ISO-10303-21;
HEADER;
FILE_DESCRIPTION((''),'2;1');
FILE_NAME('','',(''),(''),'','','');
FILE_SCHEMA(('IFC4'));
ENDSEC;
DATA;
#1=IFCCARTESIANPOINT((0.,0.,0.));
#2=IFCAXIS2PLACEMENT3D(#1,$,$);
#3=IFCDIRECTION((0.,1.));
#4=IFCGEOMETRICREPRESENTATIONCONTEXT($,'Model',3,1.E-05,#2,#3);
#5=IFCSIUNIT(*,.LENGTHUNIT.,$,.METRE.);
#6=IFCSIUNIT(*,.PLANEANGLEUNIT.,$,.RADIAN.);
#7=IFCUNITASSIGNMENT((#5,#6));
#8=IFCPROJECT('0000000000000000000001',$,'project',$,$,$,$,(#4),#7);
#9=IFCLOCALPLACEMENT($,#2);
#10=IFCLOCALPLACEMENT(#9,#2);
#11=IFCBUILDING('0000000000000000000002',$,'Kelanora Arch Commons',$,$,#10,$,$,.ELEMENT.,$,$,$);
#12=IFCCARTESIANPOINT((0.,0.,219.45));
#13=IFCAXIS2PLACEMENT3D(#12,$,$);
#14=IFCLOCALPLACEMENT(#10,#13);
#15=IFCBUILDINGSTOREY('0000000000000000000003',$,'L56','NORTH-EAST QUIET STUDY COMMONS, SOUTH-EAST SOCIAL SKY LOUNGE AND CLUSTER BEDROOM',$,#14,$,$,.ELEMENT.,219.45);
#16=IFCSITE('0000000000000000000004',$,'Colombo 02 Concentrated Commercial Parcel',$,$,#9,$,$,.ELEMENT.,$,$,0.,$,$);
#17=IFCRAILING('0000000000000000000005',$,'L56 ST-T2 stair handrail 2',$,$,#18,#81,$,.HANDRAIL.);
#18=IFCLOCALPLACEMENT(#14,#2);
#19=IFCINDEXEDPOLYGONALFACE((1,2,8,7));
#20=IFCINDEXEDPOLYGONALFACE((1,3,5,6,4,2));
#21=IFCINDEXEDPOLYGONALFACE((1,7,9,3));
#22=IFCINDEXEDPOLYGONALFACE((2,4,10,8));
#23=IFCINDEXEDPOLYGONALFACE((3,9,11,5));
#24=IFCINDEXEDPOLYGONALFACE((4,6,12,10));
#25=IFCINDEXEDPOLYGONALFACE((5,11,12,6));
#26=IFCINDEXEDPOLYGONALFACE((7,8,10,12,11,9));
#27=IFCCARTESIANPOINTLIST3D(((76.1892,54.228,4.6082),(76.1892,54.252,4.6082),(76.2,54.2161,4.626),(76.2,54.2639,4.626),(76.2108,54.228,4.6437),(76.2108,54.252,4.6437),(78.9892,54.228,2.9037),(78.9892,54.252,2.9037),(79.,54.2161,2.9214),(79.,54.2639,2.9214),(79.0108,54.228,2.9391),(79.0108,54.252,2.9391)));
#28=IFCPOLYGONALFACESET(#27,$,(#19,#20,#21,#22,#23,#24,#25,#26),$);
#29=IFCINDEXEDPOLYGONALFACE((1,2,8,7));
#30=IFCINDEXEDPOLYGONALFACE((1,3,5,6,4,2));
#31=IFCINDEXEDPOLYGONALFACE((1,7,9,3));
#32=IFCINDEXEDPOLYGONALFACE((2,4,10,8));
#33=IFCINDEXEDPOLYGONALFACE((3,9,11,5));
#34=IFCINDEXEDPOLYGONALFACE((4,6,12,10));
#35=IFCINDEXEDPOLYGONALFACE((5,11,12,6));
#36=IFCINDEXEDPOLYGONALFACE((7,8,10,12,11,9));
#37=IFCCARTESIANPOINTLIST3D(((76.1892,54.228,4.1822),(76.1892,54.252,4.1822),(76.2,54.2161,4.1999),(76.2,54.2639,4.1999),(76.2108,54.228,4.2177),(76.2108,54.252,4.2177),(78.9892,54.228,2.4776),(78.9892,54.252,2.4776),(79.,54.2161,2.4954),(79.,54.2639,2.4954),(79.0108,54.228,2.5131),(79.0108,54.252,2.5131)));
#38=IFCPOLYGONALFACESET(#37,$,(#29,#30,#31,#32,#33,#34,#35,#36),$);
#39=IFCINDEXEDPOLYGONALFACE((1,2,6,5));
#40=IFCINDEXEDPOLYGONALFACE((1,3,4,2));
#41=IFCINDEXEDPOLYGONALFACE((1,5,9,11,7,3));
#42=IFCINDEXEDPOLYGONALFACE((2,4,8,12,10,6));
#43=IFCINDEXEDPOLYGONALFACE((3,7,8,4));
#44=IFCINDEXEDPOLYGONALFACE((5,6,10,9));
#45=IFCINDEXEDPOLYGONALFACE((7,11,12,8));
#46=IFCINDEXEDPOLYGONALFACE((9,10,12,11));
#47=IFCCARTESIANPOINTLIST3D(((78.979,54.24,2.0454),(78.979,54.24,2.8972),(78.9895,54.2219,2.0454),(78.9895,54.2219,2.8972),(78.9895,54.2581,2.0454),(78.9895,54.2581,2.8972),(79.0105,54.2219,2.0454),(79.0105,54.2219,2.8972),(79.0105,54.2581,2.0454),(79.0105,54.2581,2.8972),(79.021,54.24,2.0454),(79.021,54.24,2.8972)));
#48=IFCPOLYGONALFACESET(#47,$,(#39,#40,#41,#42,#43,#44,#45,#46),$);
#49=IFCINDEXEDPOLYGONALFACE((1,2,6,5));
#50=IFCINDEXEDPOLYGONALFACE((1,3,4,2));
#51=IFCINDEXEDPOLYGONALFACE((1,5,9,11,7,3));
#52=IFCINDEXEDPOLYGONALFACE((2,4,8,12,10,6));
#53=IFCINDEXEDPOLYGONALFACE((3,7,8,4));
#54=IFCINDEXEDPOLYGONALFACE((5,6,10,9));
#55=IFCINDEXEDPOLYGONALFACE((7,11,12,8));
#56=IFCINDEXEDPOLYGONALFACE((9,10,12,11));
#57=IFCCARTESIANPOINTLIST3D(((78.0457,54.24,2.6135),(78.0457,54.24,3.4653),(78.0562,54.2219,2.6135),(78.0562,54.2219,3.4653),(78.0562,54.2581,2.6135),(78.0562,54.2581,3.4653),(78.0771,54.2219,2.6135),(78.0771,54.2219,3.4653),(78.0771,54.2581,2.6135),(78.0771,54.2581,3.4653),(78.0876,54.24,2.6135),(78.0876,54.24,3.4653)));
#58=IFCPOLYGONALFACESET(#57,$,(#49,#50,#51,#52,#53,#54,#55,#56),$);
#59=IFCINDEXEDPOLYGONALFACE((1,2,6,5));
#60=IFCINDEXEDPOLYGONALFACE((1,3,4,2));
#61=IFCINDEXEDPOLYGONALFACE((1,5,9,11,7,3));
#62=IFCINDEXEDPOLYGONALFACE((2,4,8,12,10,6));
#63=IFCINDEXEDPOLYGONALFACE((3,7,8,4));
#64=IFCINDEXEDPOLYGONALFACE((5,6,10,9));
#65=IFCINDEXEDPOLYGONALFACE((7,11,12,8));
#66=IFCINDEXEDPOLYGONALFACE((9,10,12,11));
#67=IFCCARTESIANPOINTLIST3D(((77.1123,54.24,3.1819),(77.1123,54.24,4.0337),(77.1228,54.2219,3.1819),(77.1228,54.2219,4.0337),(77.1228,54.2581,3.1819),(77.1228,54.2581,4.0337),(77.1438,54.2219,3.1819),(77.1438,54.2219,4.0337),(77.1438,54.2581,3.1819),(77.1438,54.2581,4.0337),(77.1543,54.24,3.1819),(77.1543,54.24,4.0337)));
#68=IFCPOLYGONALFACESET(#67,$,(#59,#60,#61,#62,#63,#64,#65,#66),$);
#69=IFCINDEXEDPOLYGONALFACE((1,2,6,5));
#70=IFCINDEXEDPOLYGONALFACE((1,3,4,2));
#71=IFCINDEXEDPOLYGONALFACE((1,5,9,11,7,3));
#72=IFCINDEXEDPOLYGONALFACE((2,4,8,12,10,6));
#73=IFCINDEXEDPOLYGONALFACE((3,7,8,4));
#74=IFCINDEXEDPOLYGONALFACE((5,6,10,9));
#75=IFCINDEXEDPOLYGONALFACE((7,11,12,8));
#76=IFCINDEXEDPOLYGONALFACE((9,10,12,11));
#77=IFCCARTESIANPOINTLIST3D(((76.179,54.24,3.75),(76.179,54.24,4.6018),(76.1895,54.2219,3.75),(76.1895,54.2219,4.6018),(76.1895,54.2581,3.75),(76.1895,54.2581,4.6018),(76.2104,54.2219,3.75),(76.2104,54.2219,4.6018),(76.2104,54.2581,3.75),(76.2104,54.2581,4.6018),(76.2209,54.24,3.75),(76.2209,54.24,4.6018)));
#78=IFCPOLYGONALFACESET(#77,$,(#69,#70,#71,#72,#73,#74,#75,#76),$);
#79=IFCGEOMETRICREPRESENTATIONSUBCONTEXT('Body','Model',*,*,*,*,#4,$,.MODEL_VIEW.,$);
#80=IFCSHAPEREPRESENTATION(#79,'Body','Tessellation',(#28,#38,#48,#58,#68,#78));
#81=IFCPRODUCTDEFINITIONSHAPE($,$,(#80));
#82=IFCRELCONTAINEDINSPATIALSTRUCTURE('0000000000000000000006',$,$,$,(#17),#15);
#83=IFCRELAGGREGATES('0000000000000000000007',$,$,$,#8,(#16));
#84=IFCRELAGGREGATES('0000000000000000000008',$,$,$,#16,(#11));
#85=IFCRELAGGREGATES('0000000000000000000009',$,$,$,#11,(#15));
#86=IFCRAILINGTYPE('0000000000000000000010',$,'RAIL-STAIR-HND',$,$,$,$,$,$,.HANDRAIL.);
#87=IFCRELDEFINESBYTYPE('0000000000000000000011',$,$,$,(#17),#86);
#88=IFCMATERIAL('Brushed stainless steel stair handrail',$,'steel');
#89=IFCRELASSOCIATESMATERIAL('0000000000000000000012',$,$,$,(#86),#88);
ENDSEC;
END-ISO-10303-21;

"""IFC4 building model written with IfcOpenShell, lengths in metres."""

from ifc_helpers import new_model, si_unit, direction, frame, origin, place, context, subcontext, project, spatial, polyline, outline, extrude, material, type_object, element, save


model = new_model("IFC4")

# Units and contexts
model_context = context("Model", 3, precision=1e-05, world=origin(), true_north=direction((0.0, 1.0)))
body_context = subcontext(model_context, "Body", "Model", "MODEL_VIEW")
ifc_project = project(units=[si_unit("LENGTHUNIT", "METRE"), si_unit("PLANEANGLEUNIT", "RADIAN")], contexts=[model_context])

# Site, building, storey
site_placement = place(None, origin())
site = spatial("IfcSite", under=ifc_project, at=site_placement, Name="Colombo 02 Concentrated Commercial Parcel", CompositionType="ELEMENT", RefElevation=0.0)
building_placement = place(site_placement, origin())
building = spatial("IfcBuilding", under=site, at=building_placement, Name="Kelanora Arch Commons", CompositionType="ELEMENT")
storey_placement = place(building_placement, frame((0.0, 0.0, 219.45)))
storey = spatial("IfcBuildingStorey", under=building, at=storey_placement, Name="L56", Description="NORTH-EAST QUIET STUDY COMMONS, SOUTH-EAST SOCIAL SKY LOUNGE AND CLUSTER BEDROOM", CompositionType="ELEMENT", Elevation=219.45)

# Railing
ifc_material_1 = material(Name="Brushed stainless steel stair handrail", Category="steel")
railing_type_1 = type_object("IfcRailingType", Name="RAIL-STAIR-HND", PredefinedType="HANDRAIL", material=ifc_material_1)
railing_1_placement = place(storey_placement, frame((79.0, 54.24, 2.0454)))
element("IfcRailing", 1, at=railing_1_placement, inside=storey, type_object=railing_type_1, Name="L56 ST-T2 stair handrail 2", PredefinedType="HANDRAIL", context=body_context, shape_type="SweptSolid", body=[
    extrude(outline(polyline([(0.0239, 0.0), (0.012, 0.0208), (-0.012, 0.0208), (-0.0239, 0.0), (-0.012, -0.0208), (0.012, -0.0208), (0.0239, 0.0)])), frame((0.0, 0.0, 0.876), z_axis=(-0.85417, 0.0, 0.519994), x_axis=(0.0, -1.0, 0.0)), (0.0, 0.0, 1.0), 3.2781),
    extrude(outline(polyline([(0.0239, 0.0), (0.012, 0.0208), (-0.012, 0.0208), (-0.0239, 0.0), (-0.012, -0.0208), (0.012, -0.0208), (0.0239, 0.0)])), frame((0.0, 0.0, 0.45), z_axis=(-0.85417, 0.0, 0.519994), x_axis=(0.0, -1.0, 0.0)), (0.0, 0.0, 1.0), 3.2781),
    extrude(outline(polyline([(0.021, 0.0), (0.0105, 0.0181), (-0.0105, 0.0181), (-0.021, 0.0), (-0.0105, -0.0181), (0.0105, -0.0181), (0.021, 0.0)])), origin(), (0.0, 0.0, 1.0), 0.8518),
    extrude(outline(polyline([(0.021, 0.0), (0.0105, 0.0181), (-0.0105, 0.0181), (-0.021, 0.0), (-0.0105, -0.0181), (0.0105, -0.0181), (0.021, 0.0)])), frame((-0.9333, 0.0, 0.5681)), (0.0, 0.0, 1.0), 0.8518),
    extrude(outline(polyline([(0.021, 0.0), (0.0105, 0.0181), (-0.0105, 0.0181), (-0.021, 0.0), (-0.0105, -0.0181), (0.0105, -0.0181), (0.021, 0.0)])), frame((-1.8667, 0.0, 1.1365)), (0.0, 0.0, 1.0), 0.8518),
    extrude(outline(polyline([(0.021, 0.0), (0.0105, 0.0181), (-0.0105, 0.0181), (-0.021, 0.0), (-0.0105, -0.0181), (0.0105, -0.0181), (0.021, 0.0)])), frame((-2.8, 0.0, 1.7046)), (0.0, 0.0, 1.0), 0.8518),
])

save(model, "model.ifc")
